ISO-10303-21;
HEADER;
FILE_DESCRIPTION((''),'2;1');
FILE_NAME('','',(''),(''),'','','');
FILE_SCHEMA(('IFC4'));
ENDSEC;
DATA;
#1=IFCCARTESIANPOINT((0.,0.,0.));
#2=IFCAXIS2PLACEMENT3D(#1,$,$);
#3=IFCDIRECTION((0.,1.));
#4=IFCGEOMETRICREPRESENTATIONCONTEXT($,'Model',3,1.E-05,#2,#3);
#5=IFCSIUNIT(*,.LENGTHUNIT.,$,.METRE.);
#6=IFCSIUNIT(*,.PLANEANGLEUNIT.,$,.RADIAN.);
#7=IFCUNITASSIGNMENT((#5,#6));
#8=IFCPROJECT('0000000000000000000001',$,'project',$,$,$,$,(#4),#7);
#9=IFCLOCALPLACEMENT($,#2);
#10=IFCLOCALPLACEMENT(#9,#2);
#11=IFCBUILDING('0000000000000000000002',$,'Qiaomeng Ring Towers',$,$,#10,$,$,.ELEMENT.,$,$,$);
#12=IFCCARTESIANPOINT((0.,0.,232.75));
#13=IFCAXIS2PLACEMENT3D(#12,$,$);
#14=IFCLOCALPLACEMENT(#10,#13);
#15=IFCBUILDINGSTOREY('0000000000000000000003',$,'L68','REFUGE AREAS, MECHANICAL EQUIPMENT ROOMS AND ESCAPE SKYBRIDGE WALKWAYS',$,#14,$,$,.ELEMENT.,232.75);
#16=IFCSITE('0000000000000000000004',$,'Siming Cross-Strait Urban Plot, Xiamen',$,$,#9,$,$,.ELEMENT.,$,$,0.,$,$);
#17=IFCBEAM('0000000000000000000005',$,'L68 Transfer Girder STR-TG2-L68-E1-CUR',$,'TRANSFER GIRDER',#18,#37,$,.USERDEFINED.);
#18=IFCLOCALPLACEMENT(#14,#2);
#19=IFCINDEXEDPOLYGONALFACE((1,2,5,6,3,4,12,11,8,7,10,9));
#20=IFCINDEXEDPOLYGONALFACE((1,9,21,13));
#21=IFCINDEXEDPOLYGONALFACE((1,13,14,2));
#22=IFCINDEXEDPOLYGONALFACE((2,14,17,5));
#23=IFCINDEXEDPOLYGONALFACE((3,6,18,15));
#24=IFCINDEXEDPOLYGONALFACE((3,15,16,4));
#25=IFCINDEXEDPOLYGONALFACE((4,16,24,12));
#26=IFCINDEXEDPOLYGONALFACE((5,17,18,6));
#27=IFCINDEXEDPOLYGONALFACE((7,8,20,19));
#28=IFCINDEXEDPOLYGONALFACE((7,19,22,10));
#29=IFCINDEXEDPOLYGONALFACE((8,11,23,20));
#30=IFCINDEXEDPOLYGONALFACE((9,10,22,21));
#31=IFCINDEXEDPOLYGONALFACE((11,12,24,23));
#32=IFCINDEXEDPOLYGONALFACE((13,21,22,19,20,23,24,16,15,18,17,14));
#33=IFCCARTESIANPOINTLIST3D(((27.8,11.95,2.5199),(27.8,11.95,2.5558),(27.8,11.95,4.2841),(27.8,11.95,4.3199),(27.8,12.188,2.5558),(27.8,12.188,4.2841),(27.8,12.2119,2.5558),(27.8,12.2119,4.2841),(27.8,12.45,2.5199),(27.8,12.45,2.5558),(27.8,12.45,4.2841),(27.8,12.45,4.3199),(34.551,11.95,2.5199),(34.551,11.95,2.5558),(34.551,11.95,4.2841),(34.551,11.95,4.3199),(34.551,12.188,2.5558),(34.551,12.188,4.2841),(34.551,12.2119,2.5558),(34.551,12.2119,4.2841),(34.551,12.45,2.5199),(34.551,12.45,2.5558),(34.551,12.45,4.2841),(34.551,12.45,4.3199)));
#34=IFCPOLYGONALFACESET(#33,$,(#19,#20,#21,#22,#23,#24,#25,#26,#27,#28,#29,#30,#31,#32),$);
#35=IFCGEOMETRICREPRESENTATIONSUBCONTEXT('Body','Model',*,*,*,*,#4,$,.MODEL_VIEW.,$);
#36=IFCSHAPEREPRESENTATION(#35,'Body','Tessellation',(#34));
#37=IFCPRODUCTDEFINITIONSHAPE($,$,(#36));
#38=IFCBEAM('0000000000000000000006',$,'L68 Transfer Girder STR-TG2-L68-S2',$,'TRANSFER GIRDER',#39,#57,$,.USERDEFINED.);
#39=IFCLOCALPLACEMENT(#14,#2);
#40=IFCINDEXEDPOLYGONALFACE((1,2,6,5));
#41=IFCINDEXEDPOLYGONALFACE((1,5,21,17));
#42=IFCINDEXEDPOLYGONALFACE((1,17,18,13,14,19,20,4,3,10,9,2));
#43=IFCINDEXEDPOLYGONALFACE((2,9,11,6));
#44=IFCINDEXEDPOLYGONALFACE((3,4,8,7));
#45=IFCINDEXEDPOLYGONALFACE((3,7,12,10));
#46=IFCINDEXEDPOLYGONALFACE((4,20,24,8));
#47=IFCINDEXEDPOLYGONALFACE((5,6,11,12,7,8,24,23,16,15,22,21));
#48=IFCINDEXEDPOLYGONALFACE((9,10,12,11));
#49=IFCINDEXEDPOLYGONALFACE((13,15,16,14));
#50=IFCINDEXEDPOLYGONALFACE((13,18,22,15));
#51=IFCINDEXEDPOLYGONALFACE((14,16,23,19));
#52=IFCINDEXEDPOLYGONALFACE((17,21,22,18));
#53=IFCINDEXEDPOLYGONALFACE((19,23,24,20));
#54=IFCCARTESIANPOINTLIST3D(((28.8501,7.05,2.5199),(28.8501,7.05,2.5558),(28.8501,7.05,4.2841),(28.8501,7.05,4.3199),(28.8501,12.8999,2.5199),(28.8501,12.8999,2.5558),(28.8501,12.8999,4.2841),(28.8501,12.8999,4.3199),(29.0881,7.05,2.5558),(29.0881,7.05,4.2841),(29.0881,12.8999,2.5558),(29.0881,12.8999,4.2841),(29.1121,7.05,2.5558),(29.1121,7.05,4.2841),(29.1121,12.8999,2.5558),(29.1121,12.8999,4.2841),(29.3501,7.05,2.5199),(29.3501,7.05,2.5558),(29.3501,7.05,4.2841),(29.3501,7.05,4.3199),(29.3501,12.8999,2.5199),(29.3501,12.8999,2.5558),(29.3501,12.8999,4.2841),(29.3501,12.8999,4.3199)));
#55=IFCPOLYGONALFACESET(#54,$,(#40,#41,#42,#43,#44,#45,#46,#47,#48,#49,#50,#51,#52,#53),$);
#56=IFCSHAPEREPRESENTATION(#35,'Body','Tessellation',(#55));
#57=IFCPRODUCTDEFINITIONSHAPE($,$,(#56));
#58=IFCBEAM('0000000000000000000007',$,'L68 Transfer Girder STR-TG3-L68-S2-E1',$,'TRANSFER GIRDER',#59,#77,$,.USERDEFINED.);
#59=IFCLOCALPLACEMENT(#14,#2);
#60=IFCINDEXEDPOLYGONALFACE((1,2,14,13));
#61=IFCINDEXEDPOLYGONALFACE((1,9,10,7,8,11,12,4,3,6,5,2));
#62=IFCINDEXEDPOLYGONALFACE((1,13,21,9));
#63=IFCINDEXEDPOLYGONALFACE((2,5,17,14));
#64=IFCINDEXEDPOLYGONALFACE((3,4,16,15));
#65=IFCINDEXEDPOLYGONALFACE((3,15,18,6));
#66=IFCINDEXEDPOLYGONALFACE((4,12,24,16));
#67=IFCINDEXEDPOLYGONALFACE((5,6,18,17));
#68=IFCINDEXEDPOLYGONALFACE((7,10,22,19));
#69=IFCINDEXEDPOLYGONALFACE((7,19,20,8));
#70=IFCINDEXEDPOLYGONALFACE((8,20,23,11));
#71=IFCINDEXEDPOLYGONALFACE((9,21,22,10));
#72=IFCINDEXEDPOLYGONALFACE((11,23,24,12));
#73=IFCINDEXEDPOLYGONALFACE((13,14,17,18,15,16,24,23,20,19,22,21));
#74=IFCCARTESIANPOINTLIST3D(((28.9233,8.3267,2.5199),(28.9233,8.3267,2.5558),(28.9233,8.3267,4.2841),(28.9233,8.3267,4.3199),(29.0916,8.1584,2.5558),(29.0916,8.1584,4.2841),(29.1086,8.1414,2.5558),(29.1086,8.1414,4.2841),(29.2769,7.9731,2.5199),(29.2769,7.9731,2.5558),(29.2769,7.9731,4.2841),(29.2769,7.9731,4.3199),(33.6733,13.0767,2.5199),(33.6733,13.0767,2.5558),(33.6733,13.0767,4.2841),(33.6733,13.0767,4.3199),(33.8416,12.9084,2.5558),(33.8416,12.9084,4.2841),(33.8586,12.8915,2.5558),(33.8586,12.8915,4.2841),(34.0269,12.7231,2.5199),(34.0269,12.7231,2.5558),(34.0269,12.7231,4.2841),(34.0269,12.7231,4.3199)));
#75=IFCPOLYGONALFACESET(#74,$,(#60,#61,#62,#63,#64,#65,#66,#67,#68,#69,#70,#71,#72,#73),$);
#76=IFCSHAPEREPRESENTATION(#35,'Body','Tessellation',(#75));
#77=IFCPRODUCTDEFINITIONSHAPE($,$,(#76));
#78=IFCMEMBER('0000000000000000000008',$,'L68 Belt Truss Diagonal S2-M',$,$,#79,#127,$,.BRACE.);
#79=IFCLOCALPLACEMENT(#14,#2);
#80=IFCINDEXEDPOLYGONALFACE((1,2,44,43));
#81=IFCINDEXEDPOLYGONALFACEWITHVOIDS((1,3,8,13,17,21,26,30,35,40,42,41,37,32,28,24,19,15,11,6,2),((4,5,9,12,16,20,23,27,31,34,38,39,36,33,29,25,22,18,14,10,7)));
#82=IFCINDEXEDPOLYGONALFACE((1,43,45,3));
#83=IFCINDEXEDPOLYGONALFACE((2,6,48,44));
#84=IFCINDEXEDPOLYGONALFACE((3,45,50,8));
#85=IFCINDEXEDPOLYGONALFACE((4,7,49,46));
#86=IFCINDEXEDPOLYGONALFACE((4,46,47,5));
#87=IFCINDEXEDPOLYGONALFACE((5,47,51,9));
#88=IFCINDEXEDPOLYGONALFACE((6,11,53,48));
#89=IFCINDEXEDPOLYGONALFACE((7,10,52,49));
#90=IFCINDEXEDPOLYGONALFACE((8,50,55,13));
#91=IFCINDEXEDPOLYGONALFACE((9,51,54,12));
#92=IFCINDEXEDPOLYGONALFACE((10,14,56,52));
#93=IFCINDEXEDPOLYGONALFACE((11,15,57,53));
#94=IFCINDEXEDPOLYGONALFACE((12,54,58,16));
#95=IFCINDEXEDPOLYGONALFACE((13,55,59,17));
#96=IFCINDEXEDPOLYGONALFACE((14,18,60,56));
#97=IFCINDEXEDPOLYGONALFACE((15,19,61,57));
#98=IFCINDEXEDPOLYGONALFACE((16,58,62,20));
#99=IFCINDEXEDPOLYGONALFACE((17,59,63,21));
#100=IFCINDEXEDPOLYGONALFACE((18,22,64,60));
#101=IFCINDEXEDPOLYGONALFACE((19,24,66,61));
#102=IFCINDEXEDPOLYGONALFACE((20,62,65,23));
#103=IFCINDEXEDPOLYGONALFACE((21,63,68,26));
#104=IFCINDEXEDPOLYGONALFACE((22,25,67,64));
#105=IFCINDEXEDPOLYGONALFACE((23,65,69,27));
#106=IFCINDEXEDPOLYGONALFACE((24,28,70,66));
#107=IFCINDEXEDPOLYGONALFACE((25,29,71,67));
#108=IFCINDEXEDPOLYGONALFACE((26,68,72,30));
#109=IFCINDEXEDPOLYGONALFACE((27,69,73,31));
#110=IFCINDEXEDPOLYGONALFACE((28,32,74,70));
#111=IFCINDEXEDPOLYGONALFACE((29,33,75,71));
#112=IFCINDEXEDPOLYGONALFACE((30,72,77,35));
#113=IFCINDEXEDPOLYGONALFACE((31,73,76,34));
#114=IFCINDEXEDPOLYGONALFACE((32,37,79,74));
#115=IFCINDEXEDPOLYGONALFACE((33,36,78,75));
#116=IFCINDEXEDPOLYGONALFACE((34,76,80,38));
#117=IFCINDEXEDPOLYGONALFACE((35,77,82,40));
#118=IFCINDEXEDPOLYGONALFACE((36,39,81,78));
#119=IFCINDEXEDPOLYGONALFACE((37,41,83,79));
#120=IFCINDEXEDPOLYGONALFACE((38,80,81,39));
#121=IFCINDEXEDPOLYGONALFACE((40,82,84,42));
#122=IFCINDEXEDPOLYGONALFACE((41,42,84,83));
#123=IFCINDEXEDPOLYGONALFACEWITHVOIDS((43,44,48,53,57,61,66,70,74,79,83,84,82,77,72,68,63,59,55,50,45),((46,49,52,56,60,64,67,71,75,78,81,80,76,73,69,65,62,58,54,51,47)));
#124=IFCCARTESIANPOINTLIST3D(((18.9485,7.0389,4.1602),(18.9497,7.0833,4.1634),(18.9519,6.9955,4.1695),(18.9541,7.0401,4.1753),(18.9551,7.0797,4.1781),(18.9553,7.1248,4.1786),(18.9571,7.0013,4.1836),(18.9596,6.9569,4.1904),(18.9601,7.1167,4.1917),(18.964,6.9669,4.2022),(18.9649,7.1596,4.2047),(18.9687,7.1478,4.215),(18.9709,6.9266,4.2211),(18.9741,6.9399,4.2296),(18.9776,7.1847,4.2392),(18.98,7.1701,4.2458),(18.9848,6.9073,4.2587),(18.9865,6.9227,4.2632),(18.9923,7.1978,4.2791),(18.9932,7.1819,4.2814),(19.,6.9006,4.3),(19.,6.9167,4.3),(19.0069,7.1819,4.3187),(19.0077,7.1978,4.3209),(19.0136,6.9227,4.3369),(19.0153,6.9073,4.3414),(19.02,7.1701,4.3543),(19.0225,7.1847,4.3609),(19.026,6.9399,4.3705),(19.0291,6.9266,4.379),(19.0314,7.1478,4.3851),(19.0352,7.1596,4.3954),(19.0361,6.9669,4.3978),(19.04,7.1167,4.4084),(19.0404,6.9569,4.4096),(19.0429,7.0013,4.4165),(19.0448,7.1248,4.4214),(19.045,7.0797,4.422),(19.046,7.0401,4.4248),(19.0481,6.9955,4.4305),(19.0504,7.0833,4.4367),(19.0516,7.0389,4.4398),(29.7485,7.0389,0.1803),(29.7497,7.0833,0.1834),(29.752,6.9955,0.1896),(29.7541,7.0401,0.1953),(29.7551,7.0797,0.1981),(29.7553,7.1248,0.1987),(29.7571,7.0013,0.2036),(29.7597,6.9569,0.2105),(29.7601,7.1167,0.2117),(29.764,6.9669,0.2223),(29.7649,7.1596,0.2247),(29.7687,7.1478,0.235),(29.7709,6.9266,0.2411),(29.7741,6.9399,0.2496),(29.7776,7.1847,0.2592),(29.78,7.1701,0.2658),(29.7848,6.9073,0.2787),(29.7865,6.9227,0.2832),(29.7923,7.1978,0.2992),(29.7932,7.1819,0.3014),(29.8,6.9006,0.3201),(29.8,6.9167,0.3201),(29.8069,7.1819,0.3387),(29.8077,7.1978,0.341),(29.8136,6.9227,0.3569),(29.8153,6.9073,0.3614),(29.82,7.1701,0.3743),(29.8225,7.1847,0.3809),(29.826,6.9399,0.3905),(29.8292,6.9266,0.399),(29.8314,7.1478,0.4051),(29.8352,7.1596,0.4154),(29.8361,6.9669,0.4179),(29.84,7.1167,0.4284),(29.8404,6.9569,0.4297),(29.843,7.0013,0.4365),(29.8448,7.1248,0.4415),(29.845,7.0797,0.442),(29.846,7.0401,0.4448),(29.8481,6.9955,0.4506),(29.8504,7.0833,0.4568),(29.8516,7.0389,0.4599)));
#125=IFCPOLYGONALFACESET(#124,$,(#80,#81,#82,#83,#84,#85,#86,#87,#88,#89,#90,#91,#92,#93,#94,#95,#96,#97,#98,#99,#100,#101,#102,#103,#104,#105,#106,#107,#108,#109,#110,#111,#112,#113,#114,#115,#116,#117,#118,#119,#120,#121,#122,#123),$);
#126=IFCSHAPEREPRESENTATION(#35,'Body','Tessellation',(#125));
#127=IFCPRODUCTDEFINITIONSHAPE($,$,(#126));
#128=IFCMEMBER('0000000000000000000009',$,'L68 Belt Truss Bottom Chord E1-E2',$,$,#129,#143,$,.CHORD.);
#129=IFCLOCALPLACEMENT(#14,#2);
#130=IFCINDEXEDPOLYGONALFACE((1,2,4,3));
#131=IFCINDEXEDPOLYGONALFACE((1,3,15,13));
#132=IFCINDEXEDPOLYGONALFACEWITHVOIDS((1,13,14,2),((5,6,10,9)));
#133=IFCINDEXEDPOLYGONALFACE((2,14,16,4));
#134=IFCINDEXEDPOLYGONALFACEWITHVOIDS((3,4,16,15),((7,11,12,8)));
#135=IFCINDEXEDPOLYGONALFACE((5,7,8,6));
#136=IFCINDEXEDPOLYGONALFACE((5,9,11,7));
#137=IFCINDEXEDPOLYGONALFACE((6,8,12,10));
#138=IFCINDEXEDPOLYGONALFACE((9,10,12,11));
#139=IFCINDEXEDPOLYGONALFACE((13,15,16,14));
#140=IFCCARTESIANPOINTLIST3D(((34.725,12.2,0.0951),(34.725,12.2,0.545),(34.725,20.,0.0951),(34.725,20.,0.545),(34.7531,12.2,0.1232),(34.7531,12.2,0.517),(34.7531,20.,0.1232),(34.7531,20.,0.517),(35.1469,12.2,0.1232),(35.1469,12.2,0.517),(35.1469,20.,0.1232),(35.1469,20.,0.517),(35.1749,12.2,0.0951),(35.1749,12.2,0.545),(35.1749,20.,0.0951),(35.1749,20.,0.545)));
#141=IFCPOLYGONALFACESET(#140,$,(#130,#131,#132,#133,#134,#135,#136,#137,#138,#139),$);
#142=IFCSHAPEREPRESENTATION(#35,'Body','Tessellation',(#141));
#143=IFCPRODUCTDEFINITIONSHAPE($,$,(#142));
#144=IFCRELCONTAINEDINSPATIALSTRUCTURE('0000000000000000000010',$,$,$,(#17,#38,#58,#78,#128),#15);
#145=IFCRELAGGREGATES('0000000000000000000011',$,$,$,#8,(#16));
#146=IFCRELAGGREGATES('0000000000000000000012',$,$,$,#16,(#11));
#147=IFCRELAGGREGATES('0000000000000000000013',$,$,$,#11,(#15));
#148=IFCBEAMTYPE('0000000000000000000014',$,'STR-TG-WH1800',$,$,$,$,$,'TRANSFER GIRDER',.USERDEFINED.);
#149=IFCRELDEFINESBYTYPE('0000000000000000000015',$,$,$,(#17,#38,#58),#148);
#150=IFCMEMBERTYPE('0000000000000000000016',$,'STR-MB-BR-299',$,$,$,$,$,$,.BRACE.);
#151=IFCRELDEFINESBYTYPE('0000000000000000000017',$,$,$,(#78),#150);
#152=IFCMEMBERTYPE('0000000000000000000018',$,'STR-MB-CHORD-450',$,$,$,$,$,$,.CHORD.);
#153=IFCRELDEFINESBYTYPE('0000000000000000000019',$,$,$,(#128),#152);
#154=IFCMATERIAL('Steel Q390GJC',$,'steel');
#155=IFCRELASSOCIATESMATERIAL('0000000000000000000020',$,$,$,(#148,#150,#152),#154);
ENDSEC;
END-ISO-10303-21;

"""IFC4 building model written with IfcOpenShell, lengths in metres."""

from ifc_helpers import new_model, si_unit, direction, frame, origin, origin_2d, place, context, subcontext, project, spatial, hollow_rectangle, hollow_circle, i_section, extrude, source, transform, mapped, material, material_profile, profile_set, type_object, element, save


model = new_model("IFC4")

# Units and contexts
model_context = context("Model", 3, precision=1e-05, world=origin(), true_north=direction((0.0, 1.0)))
body_context = subcontext(model_context, "Body", "Model", "MODEL_VIEW")
ifc_project = project(units=[si_unit("LENGTHUNIT", "METRE"), si_unit("PLANEANGLEUNIT", "RADIAN")], contexts=[model_context])

# Site, building, storey
site_placement = place(None, origin())
site = spatial("IfcSite", under=ifc_project, at=site_placement, Name="Siming Cross-Strait Urban Plot, Xiamen", CompositionType="ELEMENT", RefElevation=0.0)
building_placement = place(site_placement, origin())
building = spatial("IfcBuilding", under=site, at=building_placement, Name="Qiaomeng Ring Towers", CompositionType="ELEMENT")
storey_placement = place(building_placement, frame((0.0, 0.0, 232.75)))
storey = spatial("IfcBuildingStorey", under=building, at=storey_placement, Name="L68", Description="REFUGE AREAS, MECHANICAL EQUIPMENT ROOMS AND ESCAPE SKYBRIDGE WALKWAYS", CompositionType="ELEMENT", Elevation=232.75)

# Beams
ifc_material_1 = material(Name="Steel Q390GJC", Category="steel")
ifc_material_profile_1 = material_profile(ifc_material_1, i_section(OverallWidth=0.5, OverallDepth=1.8, WebThickness=0.0239, FlangeThickness=0.0359, at=origin_2d()), Name="WH 1800x500x24x36")
ifc_profile_set_1 = profile_set([ifc_material_profile_1], Name="Steel Q390GJC")
beam_type_1 = type_object("IfcBeamType", Name="STR-TG-WH1800", ElementType="TRANSFER GIRDER", PredefinedType="USERDEFINED", material=ifc_profile_set_1)
shared_shape_1 = source(origin(), body_context, "Body", "SweptSolid", [
    extrude(i_section(OverallWidth=0.5, OverallDepth=1.8, WebThickness=0.0239, FlangeThickness=0.0359, at=origin_2d()), origin(), (0.0, 0.0, 1.0), 6.751),
])
beam_1_placement = place(storey_placement, frame((27.8, 12.2, 3.4199), z_axis=(1.0, 0.0, 0.0), x_axis=(0.0, 1.0, 0.0)))
element("IfcBeam", 1, at=beam_1_placement, inside=storey, type_object=beam_type_1, Name="L68 Transfer Girder STR-TG2-L68-E1-CUR", ObjectType="TRANSFER GIRDER", PredefinedType="USERDEFINED", context=body_context, shape_type="MappedRepresentation", body=[
    mapped(shared_shape_1, transform((0.0, 0.0, 0.0), x_axis=(1.0, 0.0, 0.0), y_axis=(0.0, 1.0, 0.0), z_axis=(0.0, 0.0, 1.0), scale=1.0)),
])
shared_shape_2 = source(origin(), body_context, "Body", "SweptSolid", [
    extrude(i_section(OverallWidth=0.5, OverallDepth=1.8, WebThickness=0.0239, FlangeThickness=0.0359, at=origin_2d()), origin(), (0.0, 0.0, 1.0), 5.8499),
])
beam_2_placement = place(storey_placement, frame((29.1001, 7.05, 3.4199), z_axis=(0.0, 1.0, 0.0), x_axis=(-1.0, 0.0, 0.0)))
element("IfcBeam", 2, at=beam_2_placement, inside=storey, type_object=beam_type_1, Name="L68 Transfer Girder STR-TG2-L68-S2", ObjectType="TRANSFER GIRDER", PredefinedType="USERDEFINED", context=body_context, shape_type="MappedRepresentation", body=[
    mapped(shared_shape_2, transform((0.0, 0.0, 0.0), x_axis=(1.0, 0.0, 0.0), y_axis=(0.0, 1.0, 0.0), z_axis=(0.0, 0.0, 1.0), scale=1.0)),
])
shared_shape_3 = source(origin(), body_context, "Body", "SweptSolid", [
    extrude(i_section(OverallWidth=0.5, OverallDepth=1.8, WebThickness=0.0239, FlangeThickness=0.0359, at=origin_2d()), origin(), (0.0, 0.0, 1.0), 6.7175),
])
beam_3_placement = place(storey_placement, frame((29.1001, 8.1499, 3.4199), z_axis=(0.707107, 0.707107, 0.0), x_axis=(-0.707107, 0.707107, 0.0)))
element("IfcBeam", 3, at=beam_3_placement, inside=storey, type_object=beam_type_1, Name="L68 Transfer Girder STR-TG3-L68-S2-E1", ObjectType="TRANSFER GIRDER", PredefinedType="USERDEFINED", context=body_context, shape_type="MappedRepresentation", body=[
    mapped(shared_shape_3, transform((0.0, 0.0, 0.0), x_axis=(1.0, 0.0, 0.0), y_axis=(0.0, 1.0, 0.0), z_axis=(0.0, 0.0, 1.0), scale=1.0)),
])

# Members
ifc_material_profile_2 = material_profile(ifc_material_1, hollow_circle(Radius=0.1494, WallThickness=0.0161, at=origin_2d()), Name="CHS 299x16")
ifc_profile_set_2 = profile_set([ifc_material_profile_2], Name="Steel Q390GJC")
member_type_1 = type_object("IfcMemberType", Name="STR-MB-BR-299", PredefinedType="BRACE", material=ifc_profile_set_2)
shared_shape_4 = source(origin(), body_context, "Body", "SweptSolid", [
    extrude(hollow_circle(Radius=0.1494, WallThickness=0.0161, at=origin_2d()), origin(), (0.0, 0.0, 1.0), 11.51),
])
member_1_placement = place(storey_placement, frame((29.8, 7.05, 0.3201), z_axis=(-0.938315, 0.0, 0.345783), x_axis=(0.0, -1.0, 0.0)))
element("IfcMember", 4, at=member_1_placement, inside=storey, type_object=member_type_1, Name="L68 Belt Truss Diagonal S2-M", PredefinedType="BRACE", context=body_context, shape_type="MappedRepresentation", body=[
    mapped(shared_shape_4, transform((0.0, 0.0, 0.0), x_axis=(1.0, 0.0, 0.0), y_axis=(0.0, 1.0, 0.0), z_axis=(0.0, 0.0, 1.0), scale=1.0)),
])
ifc_material_profile_3 = material_profile(ifc_material_1, hollow_rectangle(XDim=0.45, YDim=0.45, WallThickness=0.0281, at=origin_2d()), Name="SHS 450x450x28")
ifc_profile_set_3 = profile_set([ifc_material_profile_3], Name="Steel Q390GJC")
member_type_2 = type_object("IfcMemberType", Name="STR-MB-CHORD-450", PredefinedType="CHORD", material=ifc_profile_set_3)
shared_shape_5 = source(origin(), body_context, "Body", "SweptSolid", [
    extrude(hollow_rectangle(XDim=0.45, YDim=0.45, WallThickness=0.0281, at=origin_2d()), origin(), (0.0, 0.0, 1.0), 7.8),
])
member_2_placement = place(storey_placement, frame((34.95, 12.2, 0.3201), z_axis=(0.0, 1.0, 0.0), x_axis=(-1.0, 0.0, 0.0)))
element("IfcMember", 5, at=member_2_placement, inside=storey, type_object=member_type_2, Name="L68 Belt Truss Bottom Chord E1-E2", PredefinedType="CHORD", context=body_context, shape_type="MappedRepresentation", body=[
    mapped(shared_shape_5, transform((0.0, 0.0, 0.0), x_axis=(1.0, 0.0, 0.0), y_axis=(0.0, 1.0, 0.0), z_axis=(0.0, 0.0, 1.0), scale=1.0)),
])

save(model, "model.ifc")
